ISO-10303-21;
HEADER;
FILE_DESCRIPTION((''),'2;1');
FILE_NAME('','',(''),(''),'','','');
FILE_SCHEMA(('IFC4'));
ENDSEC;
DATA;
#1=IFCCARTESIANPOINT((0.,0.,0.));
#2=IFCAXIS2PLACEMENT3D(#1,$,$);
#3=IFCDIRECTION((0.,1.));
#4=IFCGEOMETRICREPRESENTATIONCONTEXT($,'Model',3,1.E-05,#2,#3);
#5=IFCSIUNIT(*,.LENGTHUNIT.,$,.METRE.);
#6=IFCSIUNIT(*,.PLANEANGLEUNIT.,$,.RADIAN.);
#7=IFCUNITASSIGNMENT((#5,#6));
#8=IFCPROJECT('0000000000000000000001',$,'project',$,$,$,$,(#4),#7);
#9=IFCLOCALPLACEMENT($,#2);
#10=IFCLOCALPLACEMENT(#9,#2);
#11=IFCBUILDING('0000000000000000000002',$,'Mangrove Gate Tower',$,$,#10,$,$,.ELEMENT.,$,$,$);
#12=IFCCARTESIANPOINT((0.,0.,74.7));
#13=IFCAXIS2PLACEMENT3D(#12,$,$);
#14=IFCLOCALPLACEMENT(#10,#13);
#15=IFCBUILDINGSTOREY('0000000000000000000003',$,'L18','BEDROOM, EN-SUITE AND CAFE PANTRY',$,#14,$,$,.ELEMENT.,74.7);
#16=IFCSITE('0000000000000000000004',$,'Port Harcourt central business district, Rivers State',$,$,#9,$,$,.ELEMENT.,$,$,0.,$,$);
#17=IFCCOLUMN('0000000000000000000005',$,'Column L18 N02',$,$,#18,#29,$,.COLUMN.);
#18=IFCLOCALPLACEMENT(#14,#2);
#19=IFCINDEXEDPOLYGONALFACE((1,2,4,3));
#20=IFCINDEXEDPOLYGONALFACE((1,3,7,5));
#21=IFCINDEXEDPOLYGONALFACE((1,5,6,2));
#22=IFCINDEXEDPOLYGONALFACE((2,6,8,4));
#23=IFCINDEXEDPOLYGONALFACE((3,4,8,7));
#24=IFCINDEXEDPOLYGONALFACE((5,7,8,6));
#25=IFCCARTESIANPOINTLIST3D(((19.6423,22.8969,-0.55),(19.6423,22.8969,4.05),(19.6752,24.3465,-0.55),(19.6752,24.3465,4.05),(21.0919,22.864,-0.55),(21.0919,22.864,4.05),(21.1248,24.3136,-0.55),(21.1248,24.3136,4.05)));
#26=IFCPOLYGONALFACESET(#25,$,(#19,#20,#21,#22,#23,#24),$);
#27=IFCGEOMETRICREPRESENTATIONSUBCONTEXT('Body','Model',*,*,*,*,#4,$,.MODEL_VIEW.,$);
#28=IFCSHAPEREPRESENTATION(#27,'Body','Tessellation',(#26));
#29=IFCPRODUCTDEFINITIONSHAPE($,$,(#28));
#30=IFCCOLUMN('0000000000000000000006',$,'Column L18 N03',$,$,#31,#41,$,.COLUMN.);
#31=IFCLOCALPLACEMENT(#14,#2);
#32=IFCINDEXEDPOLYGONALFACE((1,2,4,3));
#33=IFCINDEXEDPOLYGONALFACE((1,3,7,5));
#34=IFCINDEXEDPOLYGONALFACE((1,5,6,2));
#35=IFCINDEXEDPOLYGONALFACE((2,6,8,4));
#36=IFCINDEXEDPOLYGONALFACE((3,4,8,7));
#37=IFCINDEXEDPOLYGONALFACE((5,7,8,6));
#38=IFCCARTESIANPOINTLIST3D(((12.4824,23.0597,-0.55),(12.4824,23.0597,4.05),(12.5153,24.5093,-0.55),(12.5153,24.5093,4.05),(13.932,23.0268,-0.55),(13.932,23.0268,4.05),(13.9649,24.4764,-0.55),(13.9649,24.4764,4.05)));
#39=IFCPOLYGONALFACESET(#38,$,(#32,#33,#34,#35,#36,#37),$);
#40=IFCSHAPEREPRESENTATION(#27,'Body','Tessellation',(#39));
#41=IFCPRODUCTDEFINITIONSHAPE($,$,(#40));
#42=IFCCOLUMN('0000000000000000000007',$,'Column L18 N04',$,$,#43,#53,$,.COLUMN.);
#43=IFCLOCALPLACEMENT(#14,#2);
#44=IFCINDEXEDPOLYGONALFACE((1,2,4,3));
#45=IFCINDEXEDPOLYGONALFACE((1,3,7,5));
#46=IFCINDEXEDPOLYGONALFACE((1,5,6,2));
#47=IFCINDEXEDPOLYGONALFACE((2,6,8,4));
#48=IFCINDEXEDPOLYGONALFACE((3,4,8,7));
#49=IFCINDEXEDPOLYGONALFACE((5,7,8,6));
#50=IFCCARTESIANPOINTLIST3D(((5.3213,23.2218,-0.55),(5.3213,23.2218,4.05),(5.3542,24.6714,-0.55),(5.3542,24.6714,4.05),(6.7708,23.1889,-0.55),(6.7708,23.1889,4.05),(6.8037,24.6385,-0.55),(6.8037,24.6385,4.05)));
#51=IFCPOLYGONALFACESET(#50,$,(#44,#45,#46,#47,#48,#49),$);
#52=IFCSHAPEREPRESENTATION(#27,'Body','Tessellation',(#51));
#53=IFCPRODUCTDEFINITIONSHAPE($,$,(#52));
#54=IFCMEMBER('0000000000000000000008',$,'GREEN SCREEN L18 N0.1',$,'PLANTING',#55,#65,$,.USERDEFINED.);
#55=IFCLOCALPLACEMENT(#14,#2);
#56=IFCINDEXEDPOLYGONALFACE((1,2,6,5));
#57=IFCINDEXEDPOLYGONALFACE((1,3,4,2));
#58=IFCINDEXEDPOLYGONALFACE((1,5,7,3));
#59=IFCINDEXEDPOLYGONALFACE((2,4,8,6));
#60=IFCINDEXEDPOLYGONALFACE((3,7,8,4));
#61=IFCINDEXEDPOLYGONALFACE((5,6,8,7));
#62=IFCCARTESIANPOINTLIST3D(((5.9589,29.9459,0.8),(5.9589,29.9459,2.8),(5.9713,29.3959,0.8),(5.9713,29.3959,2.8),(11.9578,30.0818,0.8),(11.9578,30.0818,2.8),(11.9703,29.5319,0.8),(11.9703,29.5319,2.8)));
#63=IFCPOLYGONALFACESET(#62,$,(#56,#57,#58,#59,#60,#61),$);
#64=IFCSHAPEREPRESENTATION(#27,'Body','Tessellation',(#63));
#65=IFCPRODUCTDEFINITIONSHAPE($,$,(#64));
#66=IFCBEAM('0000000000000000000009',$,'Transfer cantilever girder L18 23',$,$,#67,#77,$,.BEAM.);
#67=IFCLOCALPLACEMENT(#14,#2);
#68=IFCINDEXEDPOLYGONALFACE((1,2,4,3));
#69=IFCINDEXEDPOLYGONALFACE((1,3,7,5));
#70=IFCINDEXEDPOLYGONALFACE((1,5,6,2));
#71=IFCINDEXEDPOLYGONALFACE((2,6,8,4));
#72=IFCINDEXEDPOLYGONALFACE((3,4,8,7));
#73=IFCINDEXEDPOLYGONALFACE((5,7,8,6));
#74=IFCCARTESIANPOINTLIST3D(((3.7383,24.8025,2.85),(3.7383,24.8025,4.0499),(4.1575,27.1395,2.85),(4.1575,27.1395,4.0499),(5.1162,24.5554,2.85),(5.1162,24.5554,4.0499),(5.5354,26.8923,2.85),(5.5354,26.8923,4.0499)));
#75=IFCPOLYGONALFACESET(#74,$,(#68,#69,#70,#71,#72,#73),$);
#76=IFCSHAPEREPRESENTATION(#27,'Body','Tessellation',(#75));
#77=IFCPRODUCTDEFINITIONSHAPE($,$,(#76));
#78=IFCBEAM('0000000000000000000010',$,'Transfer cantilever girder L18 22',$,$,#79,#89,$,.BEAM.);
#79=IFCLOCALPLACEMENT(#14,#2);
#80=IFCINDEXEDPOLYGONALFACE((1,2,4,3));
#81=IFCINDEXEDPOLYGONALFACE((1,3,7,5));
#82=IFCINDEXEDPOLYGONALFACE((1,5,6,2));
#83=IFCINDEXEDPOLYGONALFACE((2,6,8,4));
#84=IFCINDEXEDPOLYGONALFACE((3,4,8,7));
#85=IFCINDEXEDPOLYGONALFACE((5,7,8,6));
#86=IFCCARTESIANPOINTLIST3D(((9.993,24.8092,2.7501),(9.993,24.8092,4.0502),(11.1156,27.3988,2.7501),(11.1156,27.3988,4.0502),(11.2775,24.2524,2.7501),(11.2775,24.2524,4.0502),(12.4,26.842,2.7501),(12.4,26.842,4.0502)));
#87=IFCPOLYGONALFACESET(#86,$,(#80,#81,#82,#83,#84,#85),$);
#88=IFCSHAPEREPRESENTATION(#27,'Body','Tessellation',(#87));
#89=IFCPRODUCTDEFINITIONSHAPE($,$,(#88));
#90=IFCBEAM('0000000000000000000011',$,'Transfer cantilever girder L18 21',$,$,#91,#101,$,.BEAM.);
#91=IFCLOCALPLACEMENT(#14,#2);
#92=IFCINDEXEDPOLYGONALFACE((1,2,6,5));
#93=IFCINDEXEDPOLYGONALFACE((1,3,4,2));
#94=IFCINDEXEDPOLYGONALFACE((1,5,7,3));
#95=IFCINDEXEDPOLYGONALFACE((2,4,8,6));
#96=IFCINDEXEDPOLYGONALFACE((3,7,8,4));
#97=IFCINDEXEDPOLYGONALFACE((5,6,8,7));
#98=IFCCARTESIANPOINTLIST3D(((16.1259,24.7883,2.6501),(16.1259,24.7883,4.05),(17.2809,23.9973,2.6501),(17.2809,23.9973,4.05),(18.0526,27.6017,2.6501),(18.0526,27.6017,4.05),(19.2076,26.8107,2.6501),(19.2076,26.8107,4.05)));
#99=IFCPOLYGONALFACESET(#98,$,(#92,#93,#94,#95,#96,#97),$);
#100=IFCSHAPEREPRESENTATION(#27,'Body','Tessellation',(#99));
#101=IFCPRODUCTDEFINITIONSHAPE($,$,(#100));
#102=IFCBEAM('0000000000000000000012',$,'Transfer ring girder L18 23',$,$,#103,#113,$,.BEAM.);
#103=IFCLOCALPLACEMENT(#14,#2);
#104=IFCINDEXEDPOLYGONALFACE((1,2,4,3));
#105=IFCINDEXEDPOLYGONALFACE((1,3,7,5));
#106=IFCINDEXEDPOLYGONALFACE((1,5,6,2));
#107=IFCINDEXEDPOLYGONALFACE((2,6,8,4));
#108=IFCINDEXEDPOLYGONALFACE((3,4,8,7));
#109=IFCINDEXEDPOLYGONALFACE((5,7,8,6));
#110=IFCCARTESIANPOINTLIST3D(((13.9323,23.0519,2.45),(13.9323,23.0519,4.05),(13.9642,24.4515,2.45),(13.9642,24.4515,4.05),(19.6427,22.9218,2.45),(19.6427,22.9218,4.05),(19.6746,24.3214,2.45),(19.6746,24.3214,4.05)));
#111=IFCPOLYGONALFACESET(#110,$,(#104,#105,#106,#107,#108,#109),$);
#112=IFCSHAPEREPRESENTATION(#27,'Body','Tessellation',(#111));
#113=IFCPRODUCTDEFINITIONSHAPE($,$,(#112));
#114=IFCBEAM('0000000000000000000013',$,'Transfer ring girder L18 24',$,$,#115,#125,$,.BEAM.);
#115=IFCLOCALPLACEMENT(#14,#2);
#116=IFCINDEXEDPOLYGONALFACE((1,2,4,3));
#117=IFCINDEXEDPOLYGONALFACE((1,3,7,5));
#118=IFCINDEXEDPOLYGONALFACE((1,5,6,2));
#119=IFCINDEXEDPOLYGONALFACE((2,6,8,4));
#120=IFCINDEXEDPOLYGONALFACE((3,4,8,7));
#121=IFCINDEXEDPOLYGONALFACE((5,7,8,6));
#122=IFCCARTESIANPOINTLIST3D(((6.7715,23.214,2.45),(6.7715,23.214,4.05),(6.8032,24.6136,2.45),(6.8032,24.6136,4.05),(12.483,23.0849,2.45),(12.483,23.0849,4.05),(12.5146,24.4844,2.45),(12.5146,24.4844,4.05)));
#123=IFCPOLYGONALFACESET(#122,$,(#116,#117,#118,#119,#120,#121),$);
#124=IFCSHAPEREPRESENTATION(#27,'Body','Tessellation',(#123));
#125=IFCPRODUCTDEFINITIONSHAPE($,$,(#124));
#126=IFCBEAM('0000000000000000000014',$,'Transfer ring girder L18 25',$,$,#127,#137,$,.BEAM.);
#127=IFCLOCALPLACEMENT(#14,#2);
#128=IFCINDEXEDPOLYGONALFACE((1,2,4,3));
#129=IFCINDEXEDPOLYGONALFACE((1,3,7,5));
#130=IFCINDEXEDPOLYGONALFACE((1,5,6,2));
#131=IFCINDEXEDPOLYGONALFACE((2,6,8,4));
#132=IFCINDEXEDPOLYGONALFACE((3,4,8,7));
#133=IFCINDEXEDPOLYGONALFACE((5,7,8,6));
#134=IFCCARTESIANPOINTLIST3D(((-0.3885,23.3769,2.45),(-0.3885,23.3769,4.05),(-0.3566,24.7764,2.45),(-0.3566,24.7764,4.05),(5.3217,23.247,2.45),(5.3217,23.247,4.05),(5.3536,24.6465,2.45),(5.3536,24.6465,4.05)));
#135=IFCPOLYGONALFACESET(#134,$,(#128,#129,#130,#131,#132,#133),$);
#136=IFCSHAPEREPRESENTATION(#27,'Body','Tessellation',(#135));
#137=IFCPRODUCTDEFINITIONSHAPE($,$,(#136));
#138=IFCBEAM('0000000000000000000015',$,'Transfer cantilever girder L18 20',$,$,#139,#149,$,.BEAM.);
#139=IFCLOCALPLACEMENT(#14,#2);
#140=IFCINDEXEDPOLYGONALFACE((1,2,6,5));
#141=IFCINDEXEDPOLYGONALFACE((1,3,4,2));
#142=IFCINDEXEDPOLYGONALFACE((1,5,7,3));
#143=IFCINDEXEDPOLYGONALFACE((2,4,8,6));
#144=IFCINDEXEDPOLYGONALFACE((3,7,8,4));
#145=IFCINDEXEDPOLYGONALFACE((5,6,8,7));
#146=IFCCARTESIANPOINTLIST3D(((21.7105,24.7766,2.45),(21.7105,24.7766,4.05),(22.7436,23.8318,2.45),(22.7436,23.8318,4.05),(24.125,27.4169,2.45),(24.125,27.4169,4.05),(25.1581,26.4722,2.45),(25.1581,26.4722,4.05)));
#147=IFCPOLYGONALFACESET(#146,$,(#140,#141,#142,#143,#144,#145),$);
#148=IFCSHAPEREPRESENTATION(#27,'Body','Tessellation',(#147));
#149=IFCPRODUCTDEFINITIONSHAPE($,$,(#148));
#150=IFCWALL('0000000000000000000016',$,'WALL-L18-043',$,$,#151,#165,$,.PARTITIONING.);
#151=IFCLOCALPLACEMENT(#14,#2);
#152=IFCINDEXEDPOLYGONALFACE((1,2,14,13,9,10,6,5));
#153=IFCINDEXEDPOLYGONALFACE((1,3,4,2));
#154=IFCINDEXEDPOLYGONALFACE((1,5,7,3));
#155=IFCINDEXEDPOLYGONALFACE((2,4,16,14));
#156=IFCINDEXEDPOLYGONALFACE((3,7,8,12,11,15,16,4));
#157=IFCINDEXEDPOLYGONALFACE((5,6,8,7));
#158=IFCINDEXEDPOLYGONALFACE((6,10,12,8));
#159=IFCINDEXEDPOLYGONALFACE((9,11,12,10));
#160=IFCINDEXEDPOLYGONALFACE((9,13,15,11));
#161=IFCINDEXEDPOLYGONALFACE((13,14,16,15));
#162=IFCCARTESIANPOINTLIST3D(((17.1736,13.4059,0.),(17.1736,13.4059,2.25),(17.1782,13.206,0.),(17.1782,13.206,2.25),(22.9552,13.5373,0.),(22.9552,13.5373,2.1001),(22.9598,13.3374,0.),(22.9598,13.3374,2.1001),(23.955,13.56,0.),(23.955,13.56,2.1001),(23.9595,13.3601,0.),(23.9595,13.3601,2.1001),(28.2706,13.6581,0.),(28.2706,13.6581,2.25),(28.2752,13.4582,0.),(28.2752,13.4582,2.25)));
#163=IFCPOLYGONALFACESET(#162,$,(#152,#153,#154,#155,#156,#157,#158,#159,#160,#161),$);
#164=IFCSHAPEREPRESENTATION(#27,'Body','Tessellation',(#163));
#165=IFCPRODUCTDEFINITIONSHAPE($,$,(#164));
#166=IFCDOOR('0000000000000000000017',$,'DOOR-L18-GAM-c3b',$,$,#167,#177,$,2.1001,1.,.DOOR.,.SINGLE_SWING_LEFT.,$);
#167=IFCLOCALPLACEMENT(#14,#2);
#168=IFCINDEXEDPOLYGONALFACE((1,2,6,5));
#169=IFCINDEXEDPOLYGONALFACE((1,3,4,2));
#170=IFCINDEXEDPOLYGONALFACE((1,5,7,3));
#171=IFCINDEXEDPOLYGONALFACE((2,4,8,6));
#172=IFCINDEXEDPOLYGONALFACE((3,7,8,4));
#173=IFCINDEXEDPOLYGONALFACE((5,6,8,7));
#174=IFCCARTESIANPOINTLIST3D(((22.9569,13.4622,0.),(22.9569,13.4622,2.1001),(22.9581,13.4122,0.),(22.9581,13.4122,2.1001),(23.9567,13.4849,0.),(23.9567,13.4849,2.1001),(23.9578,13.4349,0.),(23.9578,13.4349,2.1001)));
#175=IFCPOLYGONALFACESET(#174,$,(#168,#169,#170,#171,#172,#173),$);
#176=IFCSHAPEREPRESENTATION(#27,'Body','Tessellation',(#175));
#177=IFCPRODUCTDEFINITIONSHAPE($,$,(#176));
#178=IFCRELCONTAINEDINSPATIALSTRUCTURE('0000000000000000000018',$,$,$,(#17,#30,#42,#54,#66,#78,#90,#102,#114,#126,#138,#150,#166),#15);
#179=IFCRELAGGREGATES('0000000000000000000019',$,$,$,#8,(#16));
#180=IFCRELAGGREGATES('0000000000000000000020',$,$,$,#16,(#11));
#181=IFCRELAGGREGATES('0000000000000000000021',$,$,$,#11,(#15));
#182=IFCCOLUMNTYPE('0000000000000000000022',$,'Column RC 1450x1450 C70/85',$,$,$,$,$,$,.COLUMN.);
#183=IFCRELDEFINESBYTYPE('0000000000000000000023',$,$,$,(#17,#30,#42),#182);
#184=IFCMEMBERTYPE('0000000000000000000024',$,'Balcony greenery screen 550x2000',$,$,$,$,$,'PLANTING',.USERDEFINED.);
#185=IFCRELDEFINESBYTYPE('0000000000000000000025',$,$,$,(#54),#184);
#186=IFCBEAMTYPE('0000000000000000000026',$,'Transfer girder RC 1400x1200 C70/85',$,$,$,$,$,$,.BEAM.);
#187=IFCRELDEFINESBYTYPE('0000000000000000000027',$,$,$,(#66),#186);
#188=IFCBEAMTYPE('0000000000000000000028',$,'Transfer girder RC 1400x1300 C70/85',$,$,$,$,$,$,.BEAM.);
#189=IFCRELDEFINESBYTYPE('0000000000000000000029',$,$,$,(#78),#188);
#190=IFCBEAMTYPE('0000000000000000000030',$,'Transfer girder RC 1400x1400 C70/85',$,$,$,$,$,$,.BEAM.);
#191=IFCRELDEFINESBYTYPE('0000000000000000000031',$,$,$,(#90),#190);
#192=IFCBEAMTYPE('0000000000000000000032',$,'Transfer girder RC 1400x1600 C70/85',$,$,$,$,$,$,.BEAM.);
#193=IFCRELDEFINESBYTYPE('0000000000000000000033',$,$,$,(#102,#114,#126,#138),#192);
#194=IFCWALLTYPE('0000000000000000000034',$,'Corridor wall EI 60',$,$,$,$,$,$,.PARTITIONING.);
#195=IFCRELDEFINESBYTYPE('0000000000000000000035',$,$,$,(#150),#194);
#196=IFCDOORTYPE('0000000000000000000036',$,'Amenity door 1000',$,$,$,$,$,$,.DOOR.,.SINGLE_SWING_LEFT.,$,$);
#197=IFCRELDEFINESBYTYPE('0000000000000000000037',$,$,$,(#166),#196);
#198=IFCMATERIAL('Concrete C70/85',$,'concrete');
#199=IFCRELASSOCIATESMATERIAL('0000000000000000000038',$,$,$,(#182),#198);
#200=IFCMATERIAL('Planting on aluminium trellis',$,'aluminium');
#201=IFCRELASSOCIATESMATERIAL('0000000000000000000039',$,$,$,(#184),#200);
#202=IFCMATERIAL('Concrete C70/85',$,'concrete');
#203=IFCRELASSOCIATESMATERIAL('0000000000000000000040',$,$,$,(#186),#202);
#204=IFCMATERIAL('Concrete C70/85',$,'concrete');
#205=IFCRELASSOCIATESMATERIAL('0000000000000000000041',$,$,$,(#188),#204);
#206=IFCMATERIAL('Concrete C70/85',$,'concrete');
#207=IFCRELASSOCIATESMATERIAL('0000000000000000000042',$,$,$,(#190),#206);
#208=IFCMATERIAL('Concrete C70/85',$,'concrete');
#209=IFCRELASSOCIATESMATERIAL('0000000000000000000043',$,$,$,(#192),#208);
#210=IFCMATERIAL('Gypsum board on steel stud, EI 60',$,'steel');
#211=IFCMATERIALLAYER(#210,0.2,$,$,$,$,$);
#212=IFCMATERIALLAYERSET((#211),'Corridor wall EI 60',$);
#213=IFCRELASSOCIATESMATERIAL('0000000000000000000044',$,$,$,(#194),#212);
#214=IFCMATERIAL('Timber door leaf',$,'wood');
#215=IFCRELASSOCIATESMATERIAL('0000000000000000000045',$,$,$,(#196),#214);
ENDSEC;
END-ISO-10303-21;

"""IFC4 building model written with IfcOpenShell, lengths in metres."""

from ifc_helpers import new_model, si_unit, direction, frame, frame_2d, origin, origin_2d, place, context, subcontext, project, spatial, rectangle, extrude, material, layer, layer_set, material_profile, profile_set, type_object, element, fill, save


model = new_model("IFC4")

# Units and contexts
model_context = context("Model", 3, precision=1e-05, world=origin(), true_north=direction((0.0, 1.0)))
body_context = subcontext(model_context, "Body", "Model", "MODEL_VIEW")
ifc_project = project(units=[si_unit("LENGTHUNIT", "METRE"), si_unit("PLANEANGLEUNIT", "RADIAN")], contexts=[model_context])

# Site, building, storey
site_placement = place(None, origin())
site = spatial("IfcSite", under=ifc_project, at=site_placement, Name="Port Harcourt central business district, Rivers State", CompositionType="ELEMENT", RefElevation=0.0)
building_placement = place(site_placement, origin())
building = spatial("IfcBuilding", under=site, at=building_placement, Name="Mangrove Gate Tower", CompositionType="ELEMENT")
storey_placement = place(building_placement, frame((0.0, 0.0, 74.7)))
storey = spatial("IfcBuildingStorey", under=building, at=storey_placement, Name="L18", Description="BEDROOM, EN-SUITE AND CAFE PANTRY", CompositionType="ELEMENT", Elevation=74.7)

# Columns
ifc_material_1 = material(Name="Concrete C70/85", Category="concrete")
ifc_material_profile_1 = material_profile(ifc_material_1, rectangle(XDim=1.45, YDim=1.45, at=origin_2d()))
ifc_profile_set_1 = profile_set([ifc_material_profile_1], Name="Concrete C70/85")
column_type = type_object("IfcColumnType", Name="Column RC 1450x1450 C70/85", PredefinedType="COLUMN", material=ifc_profile_set_1)
for number, where, z_axis, x_axis, name in (
    (1, (20.3835, 23.6052, -0.55), (0.0, 0.0, 1.0), (-0.999743, 0.02269, 0.0), "Column L18 N02"),
    (2, (13.2236, 23.7681, -0.55), (0.0, 0.0, 1.0), (-0.999743, 0.022688, 0.0), "Column L18 N03"),
    (3, (6.0625, 23.9302, -0.55), (0.0, 0.0, 1.0), (-0.999743, 0.022688, 0.0), "Column L18 N04"),
):
    element("IfcColumn", number, at=place(storey_placement, frame(where, z_axis=z_axis, x_axis=x_axis)), inside=storey, type_object=column_type, Name=name, PredefinedType="COLUMN", context=body_context, shape_type="SweptSolid", body=[
        extrude(rectangle(XDim=1.45, YDim=1.45, at=origin_2d()), origin(), (0.0, 0.0, 1.0), 4.6001),
    ])

# Member
ifc_material_2 = material(Name="Planting on aluminium trellis", Category="aluminium")
ifc_material_profile_2 = material_profile(ifc_material_2, rectangle(XDim=0.55, YDim=2.0, at=origin_2d()))
ifc_profile_set_2 = profile_set([ifc_material_profile_2], Name="Planting on aluminium trellis")
member_type = type_object("IfcMemberType", Name="Balcony greenery screen 550x2000", ElementType="PLANTING", PredefinedType="USERDEFINED", material=ifc_profile_set_2)
member_placement = place(storey_placement, frame((5.9651, 29.6709, 1.8), z_axis=(0.999743, 0.022662, 0.0), x_axis=(-0.022662, 0.999743, 0.0)))
element("IfcMember", 4, at=member_placement, inside=storey, type_object=member_type, Name="GREEN SCREEN L18 N0.1", ObjectType="PLANTING", PredefinedType="USERDEFINED", context=body_context, shape_type="SweptSolid", body=[
    extrude(rectangle(XDim=0.55, YDim=2.0, at=origin_2d()), origin(), (0.0, 0.0, 1.0), 6.0005),
])

# Beams
ifc_material_3 = material(Name="Concrete C70/85", Category="concrete")
ifc_material_profile_3 = material_profile(ifc_material_3, rectangle(XDim=1.3999, YDim=1.2, at=origin_2d()))
ifc_profile_set_3 = profile_set([ifc_material_profile_3], Name="Concrete C70/85")
beam_type_1 = type_object("IfcBeamType", Name="Transfer girder RC 1400x1200 C70/85", PredefinedType="BEAM", material=ifc_profile_set_3)
beam_1_placement = place(storey_placement, frame((4.4272, 24.679, 3.45), z_axis=(0.176559, 0.98429, 0.0), x_axis=(-0.98429, 0.176559, 0.0)))
element("IfcBeam", 5, at=beam_1_placement, inside=storey, type_object=beam_type_1, Name="Transfer cantilever girder L18 23", PredefinedType="BEAM", context=body_context, shape_type="SweptSolid", body=[
    extrude(rectangle(XDim=1.3999, YDim=1.2, at=origin_2d()), origin(), (0.0, 0.0, 1.0), 2.3743),
])
ifc_material_4 = material(Name="Concrete C70/85", Category="concrete")
ifc_material_profile_4 = material_profile(ifc_material_4, rectangle(XDim=1.3999, YDim=1.3, at=origin_2d()))
ifc_profile_set_4 = profile_set([ifc_material_profile_4], Name="Concrete C70/85")
beam_type_2 = type_object("IfcBeamType", Name="Transfer girder RC 1400x1300 C70/85", PredefinedType="BEAM", material=ifc_profile_set_4)
beam_2_placement = place(storey_placement, frame((10.6353, 24.5308, 3.4001), z_axis=(0.397726, 0.917504, 0.0), x_axis=(-0.917504, 0.397726, 0.0)))
element("IfcBeam", 6, at=beam_2_placement, inside=storey, type_object=beam_type_2, Name="Transfer cantilever girder L18 22", PredefinedType="BEAM", context=body_context, shape_type="SweptSolid", body=[
    extrude(rectangle(XDim=1.3999, YDim=1.3, at=origin_2d()), origin(), (0.0, 0.0, 1.0), 2.8225),
])
ifc_material_5 = material(Name="Concrete C70/85", Category="concrete")
ifc_material_profile_5 = material_profile(ifc_material_5, rectangle(XDim=1.3999, YDim=1.3999, at=origin_2d()))
ifc_profile_set_5 = profile_set([ifc_material_profile_5], Name="Concrete C70/85")
beam_type_3 = type_object("IfcBeamType", Name="Transfer girder RC 1400x1400 C70/85", PredefinedType="BEAM", material=ifc_profile_set_5)
beam_3_placement = place(storey_placement, frame((16.7034, 24.3928, 3.3501), z_axis=(0.565033, 0.825068, 0.0), x_axis=(-0.825068, 0.565033, 0.0)))
element("IfcBeam", 7, at=beam_3_placement, inside=storey, type_object=beam_type_3, Name="Transfer cantilever girder L18 21", PredefinedType="BEAM", context=body_context, shape_type="SweptSolid", body=[
    extrude(rectangle(XDim=1.3999, YDim=1.3999, at=origin_2d()), origin(), (0.0, 0.0, 1.0), 3.4099),
])
ifc_material_6 = material(Name="Concrete C70/85", Category="concrete")
ifc_material_profile_6 = material_profile(ifc_material_6, rectangle(XDim=1.3999, YDim=1.6001, at=origin_2d()))
ifc_profile_set_6 = profile_set([ifc_material_profile_6], Name="Concrete C70/85")
beam_type_4 = type_object("IfcBeamType", Name="Transfer girder RC 1400x1600 C70/85", PredefinedType="BEAM", material=ifc_profile_set_6)
beam_4_placement = place(storey_placement, frame((19.6587, 23.6216, 3.25), z_axis=(-0.99974, 0.022782, 0.0), x_axis=(-0.022782, -0.99974, 0.0)))
element("IfcBeam", 8, at=beam_4_placement, inside=storey, type_object=beam_type_4, Name="Transfer ring girder L18 23", PredefinedType="BEAM", context=body_context, shape_type="SweptSolid", body=[
    extrude(rectangle(XDim=1.3999, YDim=1.6001, at=origin_2d()), origin(), (0.0, 0.0, 1.0), 5.7119),
])
beam_5_placement = place(storey_placement, frame((12.4988, 23.7847, 3.25), z_axis=(-0.999744, 0.022607, 0.0), x_axis=(-0.022607, -0.999744, 0.0)))
element("IfcBeam", 9, at=beam_5_placement, inside=storey, type_object=beam_type_4, Name="Transfer ring girder L18 24", PredefinedType="BEAM", context=body_context, shape_type="SweptSolid", body=[
    extrude(rectangle(XDim=1.3999, YDim=1.6001, at=origin_2d()), origin(), (0.0, 0.0, 1.0), 5.7129),
])
beam_6_placement = place(storey_placement, frame((5.3376, 23.9468, 3.25), z_axis=(-0.999741, 0.02274, 0.0), x_axis=(-0.02274, -0.999741, 0.0)))
element("IfcBeam", 10, at=beam_6_placement, inside=storey, type_object=beam_type_4, Name="Transfer ring girder L18 25", PredefinedType="BEAM", context=body_context, shape_type="SweptSolid", body=[
    extrude(rectangle(XDim=1.3999, YDim=1.6001, at=origin_2d()), origin(), (0.0, 0.0, 1.0), 5.7117),
])
beam_7_placement = place(storey_placement, frame((22.2271, 24.3042, 3.25), z_axis=(0.674844, 0.737961, 0.0), x_axis=(-0.737961, 0.674844, 0.0)))
element("IfcBeam", 11, at=beam_7_placement, inside=storey, type_object=beam_type_4, Name="Transfer cantilever girder L18 20", PredefinedType="BEAM", context=body_context, shape_type="SweptSolid", body=[
    extrude(rectangle(XDim=1.3999, YDim=1.6001, at=origin_2d()), origin(), (0.0, 0.0, 1.0), 3.5779),
])

# Wall, opening, door
ifc_material_7 = material(Name="Gypsum board on steel stud, EI 60", Category="steel")
ifc_layer_1 = layer(ifc_material_7, 0.2)
ifc_layer_set_1 = layer_set([ifc_layer_1], Name="Corridor wall EI 60")
wall_type_1 = type_object("IfcWallType", Name="Corridor wall EI 60", PredefinedType="PARTITIONING", material=ifc_layer_set_1)
wall_1_placement = place(storey_placement, frame((17.176, 13.3059, 0.0), z_axis=(0.0, 0.0, 1.0), x_axis=(0.999742, 0.022721, 0.0)))
wall_1 = element("IfcWall", 12, at=wall_1_placement, inside=storey, type_object=wall_type_1, Name="WALL-L18-043", PredefinedType="PARTITIONING", context=body_context, shape_type="SweptSolid", body=[
    extrude(rectangle(XDim=11.0999, YDim=0.2, at=frame_2d((5.5498, 0.0))), origin(), (0.0, 0.0, 1.0), 2.25),
])
opening_1_placement = place(wall_1_placement, frame((5.783, 0.0, 0.0)))
opening_1 = element("IfcOpeningElement", 13, at=opening_1_placement, cuts=wall_1, PredefinedType="OPENING", context=body_context, shape_type="SweptSolid", body=[
    extrude(rectangle(XDim=1.0, YDim=2.1001, at=frame_2d((0.5, 1.05))), frame((0.0, 0.1099, 0.0), z_axis=(0.0, -1.0, 0.0), x_axis=(1.0, 0.0, 0.0)), (0.0, 0.0, 1.0), 0.22),
])
ifc_material_8 = material(Name="Timber door leaf", Category="wood")
door_type_1 = type_object("IfcDoorType", Name="Amenity door 1000", OperationType="SINGLE_SWING_LEFT", PredefinedType="DOOR", material=ifc_material_8)
door_1_placement = place(opening_1_placement, origin())
door_1 = element("IfcDoor", 14, at=door_1_placement, inside=storey, type_object=door_type_1, Name="DOOR-L18-GAM-c3b", OperationType="SINGLE_SWING_LEFT", OverallHeight=2.1001, OverallWidth=1.0, PredefinedType="DOOR", context=body_context, shape_type="SweptSolid", body=[
    extrude(rectangle(XDim=1.0, YDim=2.1001, at=frame_2d((0.5, 1.05))), frame((0.0, 0.0249, 0.0), z_axis=(0.0, -1.0, 0.0), x_axis=(1.0, 0.0, 0.0)), (0.0, 0.0, 1.0), 0.05),
])
fill(opening_1, door_1)

save(model, "model.ifc")
